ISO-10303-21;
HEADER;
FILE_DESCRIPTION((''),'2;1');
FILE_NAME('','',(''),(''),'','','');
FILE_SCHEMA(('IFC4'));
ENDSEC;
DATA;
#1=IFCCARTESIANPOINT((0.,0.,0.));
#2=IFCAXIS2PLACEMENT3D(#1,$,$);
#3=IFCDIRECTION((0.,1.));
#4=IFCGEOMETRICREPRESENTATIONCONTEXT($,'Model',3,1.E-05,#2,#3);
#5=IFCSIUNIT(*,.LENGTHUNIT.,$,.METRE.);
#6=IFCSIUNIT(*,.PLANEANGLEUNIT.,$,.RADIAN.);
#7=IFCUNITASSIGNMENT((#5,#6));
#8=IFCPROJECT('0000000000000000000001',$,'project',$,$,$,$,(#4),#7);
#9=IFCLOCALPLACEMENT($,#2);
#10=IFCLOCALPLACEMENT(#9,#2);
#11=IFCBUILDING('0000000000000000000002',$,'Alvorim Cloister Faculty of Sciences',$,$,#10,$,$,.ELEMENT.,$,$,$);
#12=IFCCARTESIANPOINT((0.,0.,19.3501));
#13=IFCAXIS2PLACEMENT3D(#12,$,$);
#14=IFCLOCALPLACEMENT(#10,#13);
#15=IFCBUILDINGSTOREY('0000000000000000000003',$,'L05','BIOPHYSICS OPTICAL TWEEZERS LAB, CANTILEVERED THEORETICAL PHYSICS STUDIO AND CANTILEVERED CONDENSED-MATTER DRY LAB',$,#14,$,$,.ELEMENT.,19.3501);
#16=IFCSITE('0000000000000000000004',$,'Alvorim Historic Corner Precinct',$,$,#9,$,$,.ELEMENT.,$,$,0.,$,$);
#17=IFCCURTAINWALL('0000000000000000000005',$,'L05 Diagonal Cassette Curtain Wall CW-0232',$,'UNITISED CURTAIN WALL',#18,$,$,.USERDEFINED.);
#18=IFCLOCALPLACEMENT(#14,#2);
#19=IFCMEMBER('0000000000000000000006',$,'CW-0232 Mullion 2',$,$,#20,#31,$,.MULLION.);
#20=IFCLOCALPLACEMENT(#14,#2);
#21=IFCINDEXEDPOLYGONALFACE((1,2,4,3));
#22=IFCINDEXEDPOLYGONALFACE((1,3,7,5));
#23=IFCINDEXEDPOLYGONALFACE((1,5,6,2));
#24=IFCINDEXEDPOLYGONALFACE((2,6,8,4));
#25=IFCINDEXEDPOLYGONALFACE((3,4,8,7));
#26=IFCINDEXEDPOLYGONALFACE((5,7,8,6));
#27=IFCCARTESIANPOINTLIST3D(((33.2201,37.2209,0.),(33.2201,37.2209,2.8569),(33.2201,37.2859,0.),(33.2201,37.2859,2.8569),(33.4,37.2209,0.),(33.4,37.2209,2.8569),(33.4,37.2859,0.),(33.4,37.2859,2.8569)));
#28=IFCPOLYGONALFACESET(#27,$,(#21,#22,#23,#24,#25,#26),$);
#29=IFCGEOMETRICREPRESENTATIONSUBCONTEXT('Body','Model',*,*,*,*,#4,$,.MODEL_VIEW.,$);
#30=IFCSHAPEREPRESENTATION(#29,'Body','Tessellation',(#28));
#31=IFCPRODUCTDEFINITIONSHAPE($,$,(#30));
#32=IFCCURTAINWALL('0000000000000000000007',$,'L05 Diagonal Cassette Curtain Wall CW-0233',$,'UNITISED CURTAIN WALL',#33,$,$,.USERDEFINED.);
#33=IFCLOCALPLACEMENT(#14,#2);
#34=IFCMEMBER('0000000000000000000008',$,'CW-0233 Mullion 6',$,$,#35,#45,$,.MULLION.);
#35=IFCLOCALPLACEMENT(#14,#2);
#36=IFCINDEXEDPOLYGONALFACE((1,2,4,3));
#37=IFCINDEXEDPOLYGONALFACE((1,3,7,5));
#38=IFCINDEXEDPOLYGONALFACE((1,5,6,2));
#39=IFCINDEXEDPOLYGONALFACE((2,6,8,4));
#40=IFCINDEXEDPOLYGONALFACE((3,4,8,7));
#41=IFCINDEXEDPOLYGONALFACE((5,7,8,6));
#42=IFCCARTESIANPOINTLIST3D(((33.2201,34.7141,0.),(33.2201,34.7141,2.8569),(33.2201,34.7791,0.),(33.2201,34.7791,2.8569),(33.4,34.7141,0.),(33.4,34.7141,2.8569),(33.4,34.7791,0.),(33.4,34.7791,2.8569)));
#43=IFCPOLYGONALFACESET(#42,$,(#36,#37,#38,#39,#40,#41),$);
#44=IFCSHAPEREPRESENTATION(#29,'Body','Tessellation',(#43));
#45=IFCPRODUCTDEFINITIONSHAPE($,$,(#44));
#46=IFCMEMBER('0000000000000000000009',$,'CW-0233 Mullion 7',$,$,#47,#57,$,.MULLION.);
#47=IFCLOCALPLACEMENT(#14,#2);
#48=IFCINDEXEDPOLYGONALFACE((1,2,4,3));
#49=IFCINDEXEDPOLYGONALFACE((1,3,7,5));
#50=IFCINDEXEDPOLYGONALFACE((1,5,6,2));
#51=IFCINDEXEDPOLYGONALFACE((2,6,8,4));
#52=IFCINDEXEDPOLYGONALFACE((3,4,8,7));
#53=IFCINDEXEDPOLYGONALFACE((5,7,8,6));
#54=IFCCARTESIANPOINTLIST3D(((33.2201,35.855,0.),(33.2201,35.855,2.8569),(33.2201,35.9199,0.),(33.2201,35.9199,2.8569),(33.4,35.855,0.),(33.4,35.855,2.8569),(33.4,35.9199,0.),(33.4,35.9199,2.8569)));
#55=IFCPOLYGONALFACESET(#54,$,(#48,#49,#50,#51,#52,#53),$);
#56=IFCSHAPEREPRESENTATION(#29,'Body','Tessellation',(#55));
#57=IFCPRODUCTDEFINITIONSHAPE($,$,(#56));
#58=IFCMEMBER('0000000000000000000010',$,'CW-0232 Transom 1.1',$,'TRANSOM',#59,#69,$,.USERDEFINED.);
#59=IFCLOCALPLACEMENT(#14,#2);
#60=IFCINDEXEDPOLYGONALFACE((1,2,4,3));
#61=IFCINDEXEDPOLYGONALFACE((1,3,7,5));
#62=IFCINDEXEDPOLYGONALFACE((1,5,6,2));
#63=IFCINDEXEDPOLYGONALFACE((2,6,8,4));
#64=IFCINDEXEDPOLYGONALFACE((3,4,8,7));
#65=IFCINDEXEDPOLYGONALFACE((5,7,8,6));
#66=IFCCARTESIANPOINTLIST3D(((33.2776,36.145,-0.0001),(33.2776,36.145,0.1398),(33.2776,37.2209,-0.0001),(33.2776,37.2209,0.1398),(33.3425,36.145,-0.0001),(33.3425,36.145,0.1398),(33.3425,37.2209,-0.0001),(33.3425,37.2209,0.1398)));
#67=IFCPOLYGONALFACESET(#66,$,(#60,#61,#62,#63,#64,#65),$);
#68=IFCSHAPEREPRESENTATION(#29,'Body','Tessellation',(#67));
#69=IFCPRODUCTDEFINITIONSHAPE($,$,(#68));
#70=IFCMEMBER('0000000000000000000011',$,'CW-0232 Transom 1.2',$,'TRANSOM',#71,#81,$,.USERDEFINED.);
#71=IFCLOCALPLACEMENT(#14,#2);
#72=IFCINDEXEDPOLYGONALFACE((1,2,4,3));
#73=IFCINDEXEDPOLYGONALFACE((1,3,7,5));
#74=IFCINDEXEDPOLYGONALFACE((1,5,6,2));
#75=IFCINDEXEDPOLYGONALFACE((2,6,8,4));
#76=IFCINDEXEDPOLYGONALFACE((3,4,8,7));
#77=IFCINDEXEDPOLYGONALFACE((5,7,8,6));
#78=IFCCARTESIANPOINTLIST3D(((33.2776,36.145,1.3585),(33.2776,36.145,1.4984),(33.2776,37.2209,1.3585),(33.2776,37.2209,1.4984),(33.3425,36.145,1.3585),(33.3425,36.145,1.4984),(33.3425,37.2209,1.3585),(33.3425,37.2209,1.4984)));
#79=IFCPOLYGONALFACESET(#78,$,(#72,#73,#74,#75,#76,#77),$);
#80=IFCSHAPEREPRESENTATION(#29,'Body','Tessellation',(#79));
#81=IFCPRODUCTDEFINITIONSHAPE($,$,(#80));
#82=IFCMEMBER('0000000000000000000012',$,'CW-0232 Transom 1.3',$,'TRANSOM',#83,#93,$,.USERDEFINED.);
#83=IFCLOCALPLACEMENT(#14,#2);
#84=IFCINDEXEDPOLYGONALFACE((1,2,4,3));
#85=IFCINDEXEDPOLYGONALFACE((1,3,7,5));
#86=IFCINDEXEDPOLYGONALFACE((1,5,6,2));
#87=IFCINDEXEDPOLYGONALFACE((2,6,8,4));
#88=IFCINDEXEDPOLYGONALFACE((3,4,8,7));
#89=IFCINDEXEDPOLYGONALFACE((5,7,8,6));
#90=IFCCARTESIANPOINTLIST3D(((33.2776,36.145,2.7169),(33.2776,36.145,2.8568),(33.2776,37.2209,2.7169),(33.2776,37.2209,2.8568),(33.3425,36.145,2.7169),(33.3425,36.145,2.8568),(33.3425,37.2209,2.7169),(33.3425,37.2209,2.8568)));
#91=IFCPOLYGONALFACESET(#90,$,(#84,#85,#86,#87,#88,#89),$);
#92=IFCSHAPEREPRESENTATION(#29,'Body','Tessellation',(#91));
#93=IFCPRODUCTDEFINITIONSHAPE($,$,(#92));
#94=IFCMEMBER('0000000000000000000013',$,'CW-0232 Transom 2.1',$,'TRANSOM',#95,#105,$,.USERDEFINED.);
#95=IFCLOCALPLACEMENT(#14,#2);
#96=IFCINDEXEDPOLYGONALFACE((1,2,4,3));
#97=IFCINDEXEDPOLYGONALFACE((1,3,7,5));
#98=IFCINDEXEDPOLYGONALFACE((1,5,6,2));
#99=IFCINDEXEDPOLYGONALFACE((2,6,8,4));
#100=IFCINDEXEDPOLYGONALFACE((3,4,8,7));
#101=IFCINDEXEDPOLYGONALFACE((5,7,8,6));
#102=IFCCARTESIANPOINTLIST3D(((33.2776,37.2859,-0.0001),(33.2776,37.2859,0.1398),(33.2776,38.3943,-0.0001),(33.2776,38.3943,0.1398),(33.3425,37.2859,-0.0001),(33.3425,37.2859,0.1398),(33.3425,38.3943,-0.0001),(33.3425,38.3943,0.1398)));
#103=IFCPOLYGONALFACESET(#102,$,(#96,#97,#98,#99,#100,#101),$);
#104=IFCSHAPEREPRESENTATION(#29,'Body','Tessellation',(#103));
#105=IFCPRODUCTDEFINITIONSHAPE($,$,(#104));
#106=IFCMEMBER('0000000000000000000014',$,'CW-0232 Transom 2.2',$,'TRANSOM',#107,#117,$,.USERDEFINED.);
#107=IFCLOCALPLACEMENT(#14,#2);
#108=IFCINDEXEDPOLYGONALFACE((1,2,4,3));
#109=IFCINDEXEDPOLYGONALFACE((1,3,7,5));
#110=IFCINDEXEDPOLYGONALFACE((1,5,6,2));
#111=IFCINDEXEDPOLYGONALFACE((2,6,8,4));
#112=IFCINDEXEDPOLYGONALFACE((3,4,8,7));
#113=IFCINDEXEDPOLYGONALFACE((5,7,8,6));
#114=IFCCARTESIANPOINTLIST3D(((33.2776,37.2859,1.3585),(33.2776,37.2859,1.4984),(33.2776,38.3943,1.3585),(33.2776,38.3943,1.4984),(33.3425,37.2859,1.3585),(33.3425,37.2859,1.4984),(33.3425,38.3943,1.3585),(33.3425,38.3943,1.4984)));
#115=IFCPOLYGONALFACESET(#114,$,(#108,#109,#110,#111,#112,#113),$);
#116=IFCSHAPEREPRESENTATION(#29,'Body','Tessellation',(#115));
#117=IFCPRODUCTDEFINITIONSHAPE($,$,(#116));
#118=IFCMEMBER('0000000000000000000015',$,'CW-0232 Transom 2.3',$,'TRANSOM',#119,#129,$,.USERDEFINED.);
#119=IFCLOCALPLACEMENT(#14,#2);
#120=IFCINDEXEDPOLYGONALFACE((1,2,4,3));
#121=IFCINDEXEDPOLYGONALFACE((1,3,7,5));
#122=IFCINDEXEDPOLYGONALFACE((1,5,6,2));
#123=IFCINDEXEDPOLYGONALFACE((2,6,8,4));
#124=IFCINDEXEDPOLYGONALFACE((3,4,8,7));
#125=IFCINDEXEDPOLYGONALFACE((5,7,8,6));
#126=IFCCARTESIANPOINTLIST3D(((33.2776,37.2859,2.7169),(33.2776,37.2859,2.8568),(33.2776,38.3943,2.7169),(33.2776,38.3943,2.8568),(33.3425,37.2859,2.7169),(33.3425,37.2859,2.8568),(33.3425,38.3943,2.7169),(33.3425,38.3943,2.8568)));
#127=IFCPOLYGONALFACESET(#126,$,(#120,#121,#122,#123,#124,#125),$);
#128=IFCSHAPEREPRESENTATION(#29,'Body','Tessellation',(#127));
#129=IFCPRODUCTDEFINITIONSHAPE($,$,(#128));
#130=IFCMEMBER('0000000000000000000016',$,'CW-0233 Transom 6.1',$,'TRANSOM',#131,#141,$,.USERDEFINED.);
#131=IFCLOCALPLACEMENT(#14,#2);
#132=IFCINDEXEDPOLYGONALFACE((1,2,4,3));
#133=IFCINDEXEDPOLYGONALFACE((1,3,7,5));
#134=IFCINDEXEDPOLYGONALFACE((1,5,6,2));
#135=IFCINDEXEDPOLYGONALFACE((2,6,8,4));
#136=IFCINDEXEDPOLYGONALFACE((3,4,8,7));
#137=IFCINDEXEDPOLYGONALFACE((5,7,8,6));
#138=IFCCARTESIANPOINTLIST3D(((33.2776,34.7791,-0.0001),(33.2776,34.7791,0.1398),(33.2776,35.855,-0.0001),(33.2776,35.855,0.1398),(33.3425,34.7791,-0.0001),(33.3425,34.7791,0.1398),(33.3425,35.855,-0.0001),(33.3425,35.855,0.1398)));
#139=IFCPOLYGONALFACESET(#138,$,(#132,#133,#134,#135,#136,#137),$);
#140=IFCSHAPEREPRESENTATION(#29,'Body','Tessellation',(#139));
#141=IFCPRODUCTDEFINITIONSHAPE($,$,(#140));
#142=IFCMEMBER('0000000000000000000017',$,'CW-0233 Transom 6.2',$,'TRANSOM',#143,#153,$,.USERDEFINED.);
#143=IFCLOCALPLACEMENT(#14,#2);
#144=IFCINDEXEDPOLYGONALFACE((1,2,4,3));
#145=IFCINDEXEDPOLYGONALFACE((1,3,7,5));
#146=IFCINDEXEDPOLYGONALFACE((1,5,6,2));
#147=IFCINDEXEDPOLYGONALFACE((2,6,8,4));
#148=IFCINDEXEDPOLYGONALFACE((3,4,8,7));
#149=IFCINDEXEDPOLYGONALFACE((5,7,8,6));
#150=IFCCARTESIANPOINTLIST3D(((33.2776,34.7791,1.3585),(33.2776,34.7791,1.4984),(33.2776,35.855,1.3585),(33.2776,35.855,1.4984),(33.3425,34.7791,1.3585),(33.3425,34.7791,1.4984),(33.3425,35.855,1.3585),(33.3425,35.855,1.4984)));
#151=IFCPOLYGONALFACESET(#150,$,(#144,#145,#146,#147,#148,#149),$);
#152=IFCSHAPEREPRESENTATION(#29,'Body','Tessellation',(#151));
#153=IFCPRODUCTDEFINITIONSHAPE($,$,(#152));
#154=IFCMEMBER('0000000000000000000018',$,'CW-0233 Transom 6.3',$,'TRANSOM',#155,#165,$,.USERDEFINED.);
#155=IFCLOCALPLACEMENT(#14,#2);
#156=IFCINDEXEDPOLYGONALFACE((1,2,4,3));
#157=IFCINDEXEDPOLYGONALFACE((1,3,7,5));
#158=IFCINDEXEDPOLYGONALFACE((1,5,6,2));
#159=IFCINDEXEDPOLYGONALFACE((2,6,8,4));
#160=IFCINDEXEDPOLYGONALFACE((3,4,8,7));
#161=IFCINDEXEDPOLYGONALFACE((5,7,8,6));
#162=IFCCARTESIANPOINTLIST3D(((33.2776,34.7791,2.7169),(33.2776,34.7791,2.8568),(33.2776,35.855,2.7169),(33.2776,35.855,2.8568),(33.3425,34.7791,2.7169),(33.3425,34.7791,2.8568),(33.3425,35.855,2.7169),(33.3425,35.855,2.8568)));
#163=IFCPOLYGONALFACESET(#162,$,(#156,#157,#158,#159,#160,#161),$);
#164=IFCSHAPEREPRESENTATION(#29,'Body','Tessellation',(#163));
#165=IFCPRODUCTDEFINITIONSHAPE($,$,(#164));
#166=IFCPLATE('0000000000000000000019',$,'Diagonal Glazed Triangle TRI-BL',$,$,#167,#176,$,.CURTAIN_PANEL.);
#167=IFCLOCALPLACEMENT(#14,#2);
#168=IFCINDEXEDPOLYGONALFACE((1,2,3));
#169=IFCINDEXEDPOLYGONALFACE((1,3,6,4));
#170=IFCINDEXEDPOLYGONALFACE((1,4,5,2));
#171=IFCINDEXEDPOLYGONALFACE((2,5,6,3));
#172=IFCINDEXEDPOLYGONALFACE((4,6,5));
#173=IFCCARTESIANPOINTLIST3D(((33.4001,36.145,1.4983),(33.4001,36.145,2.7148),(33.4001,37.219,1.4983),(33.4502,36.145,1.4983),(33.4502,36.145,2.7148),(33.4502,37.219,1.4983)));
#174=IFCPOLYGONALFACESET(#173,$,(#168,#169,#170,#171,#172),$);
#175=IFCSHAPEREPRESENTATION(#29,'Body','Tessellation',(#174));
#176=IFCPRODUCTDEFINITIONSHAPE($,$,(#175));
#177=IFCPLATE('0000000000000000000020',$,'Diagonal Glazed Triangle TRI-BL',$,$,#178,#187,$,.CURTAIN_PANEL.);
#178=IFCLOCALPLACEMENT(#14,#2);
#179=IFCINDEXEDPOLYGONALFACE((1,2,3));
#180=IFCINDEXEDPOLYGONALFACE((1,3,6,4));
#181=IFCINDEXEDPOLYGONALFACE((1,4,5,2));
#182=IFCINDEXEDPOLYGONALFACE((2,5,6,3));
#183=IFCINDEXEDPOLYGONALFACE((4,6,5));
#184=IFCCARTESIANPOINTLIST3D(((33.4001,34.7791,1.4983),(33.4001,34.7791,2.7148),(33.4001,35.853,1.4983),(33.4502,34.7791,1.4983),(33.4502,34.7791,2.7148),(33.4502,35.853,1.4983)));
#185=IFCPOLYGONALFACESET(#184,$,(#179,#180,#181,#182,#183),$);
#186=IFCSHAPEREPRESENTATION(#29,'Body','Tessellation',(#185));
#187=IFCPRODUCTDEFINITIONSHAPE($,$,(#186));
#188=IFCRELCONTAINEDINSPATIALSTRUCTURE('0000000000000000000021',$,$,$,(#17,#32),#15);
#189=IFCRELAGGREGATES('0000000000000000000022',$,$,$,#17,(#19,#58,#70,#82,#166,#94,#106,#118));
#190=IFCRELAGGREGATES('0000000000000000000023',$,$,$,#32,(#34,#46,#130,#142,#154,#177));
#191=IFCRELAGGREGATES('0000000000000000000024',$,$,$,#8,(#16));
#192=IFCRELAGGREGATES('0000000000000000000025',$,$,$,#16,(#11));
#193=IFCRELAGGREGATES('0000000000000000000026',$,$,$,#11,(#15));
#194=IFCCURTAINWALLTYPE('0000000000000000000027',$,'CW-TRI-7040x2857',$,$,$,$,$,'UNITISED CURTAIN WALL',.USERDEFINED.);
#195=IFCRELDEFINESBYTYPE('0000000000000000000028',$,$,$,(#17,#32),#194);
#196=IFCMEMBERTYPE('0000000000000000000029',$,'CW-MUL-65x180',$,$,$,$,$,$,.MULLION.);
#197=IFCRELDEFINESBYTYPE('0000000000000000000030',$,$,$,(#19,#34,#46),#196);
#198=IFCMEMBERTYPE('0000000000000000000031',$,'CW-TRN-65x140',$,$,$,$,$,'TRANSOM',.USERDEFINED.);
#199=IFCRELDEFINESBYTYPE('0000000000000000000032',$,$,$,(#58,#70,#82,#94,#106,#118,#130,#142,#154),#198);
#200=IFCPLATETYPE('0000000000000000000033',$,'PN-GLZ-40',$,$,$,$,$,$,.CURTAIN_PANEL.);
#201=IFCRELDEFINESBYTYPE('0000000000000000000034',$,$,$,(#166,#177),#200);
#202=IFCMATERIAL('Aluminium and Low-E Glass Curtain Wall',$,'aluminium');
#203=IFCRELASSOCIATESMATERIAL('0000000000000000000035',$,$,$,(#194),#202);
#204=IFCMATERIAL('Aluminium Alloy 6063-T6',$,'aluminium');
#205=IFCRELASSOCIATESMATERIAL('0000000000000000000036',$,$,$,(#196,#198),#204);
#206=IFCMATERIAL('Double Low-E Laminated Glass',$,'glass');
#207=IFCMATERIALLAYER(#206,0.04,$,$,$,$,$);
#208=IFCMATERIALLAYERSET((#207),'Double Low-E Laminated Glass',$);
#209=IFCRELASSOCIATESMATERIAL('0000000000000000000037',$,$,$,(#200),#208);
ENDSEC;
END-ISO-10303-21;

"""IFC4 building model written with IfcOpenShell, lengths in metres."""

from ifc_helpers import new_model, si_unit, direction, frame, origin, origin_2d, place, context, subcontext, project, spatial, polyline, rectangle, outline, extrude, material, layer, layer_set, material_profile, profile_set, type_object, element, aggregate, save


model = new_model("IFC4")

# Units and contexts
model_context = context("Model", 3, precision=1e-05, world=origin(), true_north=direction((0.0, 1.0)))
body_context = subcontext(model_context, "Body", "Model", "MODEL_VIEW")
ifc_project = project(units=[si_unit("LENGTHUNIT", "METRE"), si_unit("PLANEANGLEUNIT", "RADIAN")], contexts=[model_context])

# Site, building, storey
site_placement = place(None, origin())
site = spatial("IfcSite", under=ifc_project, at=site_placement, Name="Alvorim Historic Corner Precinct", CompositionType="ELEMENT", RefElevation=0.0)
building_placement = place(site_placement, origin())
building = spatial("IfcBuilding", under=site, at=building_placement, Name="Alvorim Cloister Faculty of Sciences", CompositionType="ELEMENT")
storey_placement = place(building_placement, frame((0.0, 0.0, 19.3501)))
storey = spatial("IfcBuildingStorey", under=building, at=storey_placement, Name="L05", Description="BIOPHYSICS OPTICAL TWEEZERS LAB, CANTILEVERED THEORETICAL PHYSICS STUDIO AND CANTILEVERED CONDENSED-MATTER DRY LAB", CompositionType="ELEMENT", Elevation=19.3501)

# Curtain walls, members
ifc_material_1 = material(Name="Aluminium and Low-E Glass Curtain Wall", Category="aluminium")
curtain_wall_type = type_object("IfcCurtainWallType", Name="CW-TRI-7040x2857", ElementType="UNITISED CURTAIN WALL", PredefinedType="USERDEFINED", material=ifc_material_1)
curtain_wall_1_placement = place(storey_placement, origin())
curtain_wall_1 = element("IfcCurtainWall", 1, at=curtain_wall_1_placement, inside=storey, type_object=curtain_wall_type, Name="L05 Diagonal Cassette Curtain Wall CW-0232", ObjectType="UNITISED CURTAIN WALL", PredefinedType="USERDEFINED")
ifc_material_2 = material(Name="Aluminium Alloy 6063-T6", Category="aluminium")
ifc_material_profile_1 = material_profile(ifc_material_2, rectangle(XDim=0.0649, YDim=0.1799, at=origin_2d()), Name="ALU-MUL-65x180")
ifc_profile_set_1 = profile_set([ifc_material_profile_1], Name="Aluminium Alloy 6063-T6")
member_type_1 = type_object("IfcMemberType", Name="CW-MUL-65x180", PredefinedType="MULLION", material=ifc_profile_set_1)
member_1_placement = place(storey_placement, frame((33.3101, 37.2534, 0.0), z_axis=(0.0, 0.0, 1.0), x_axis=(0.0, 1.0, 0.0)))
member_1 = element("IfcMember", 2, at=member_1_placement, type_object=member_type_1, Name="CW-0232 Mullion 2", PredefinedType="MULLION", context=body_context, shape_type="SweptSolid", body=[
    extrude(rectangle(XDim=0.0649, YDim=0.1799, at=origin_2d()), origin(), (0.0, 0.0, 1.0), 2.8569),
])
curtain_wall_2_placement = place(storey_placement, origin())
curtain_wall_2 = element("IfcCurtainWall", 3, at=curtain_wall_2_placement, inside=storey, type_object=curtain_wall_type, Name="L05 Diagonal Cassette Curtain Wall CW-0233", ObjectType="UNITISED CURTAIN WALL", PredefinedType="USERDEFINED")
member_2_placement = place(storey_placement, frame((33.3101, 34.7466, 0.0), z_axis=(0.0, 0.0, 1.0), x_axis=(0.0, 1.0, 0.0)))
member_2 = element("IfcMember", 4, at=member_2_placement, type_object=member_type_1, Name="CW-0233 Mullion 6", PredefinedType="MULLION", context=body_context, shape_type="SweptSolid", body=[
    extrude(rectangle(XDim=0.0649, YDim=0.1799, at=origin_2d()), origin(), (0.0, 0.0, 1.0), 2.8569),
])
member_3_placement = place(storey_placement, frame((33.3101, 35.8875, 0.0), z_axis=(0.0, 0.0, 1.0), x_axis=(0.0, 1.0, 0.0)))
member_3 = element("IfcMember", 5, at=member_3_placement, type_object=member_type_1, Name="CW-0233 Mullion 7", PredefinedType="MULLION", context=body_context, shape_type="SweptSolid", body=[
    extrude(rectangle(XDim=0.0649, YDim=0.1799, at=origin_2d()), origin(), (0.0, 0.0, 1.0), 2.8569),
])

# Members
ifc_material_profile_2 = material_profile(ifc_material_2, rectangle(XDim=0.0649, YDim=0.1399, at=origin_2d()), Name="ALU-TRN-65x140")
ifc_profile_set_2 = profile_set([ifc_material_profile_2], Name="Aluminium Alloy 6063-T6")
member_type_2 = type_object("IfcMemberType", Name="CW-TRN-65x140", ElementType="TRANSOM", PredefinedType="USERDEFINED", material=ifc_profile_set_2)
member_4_placement = place(storey_placement, frame((33.3101, 36.145, 0.0698), z_axis=(0.0, 1.0, 0.0), x_axis=(-1.0, 0.0, 0.0)))
member_4 = element("IfcMember", 6, at=member_4_placement, type_object=member_type_2, Name="CW-0232 Transom 1.1", ObjectType="TRANSOM", PredefinedType="USERDEFINED", context=body_context, shape_type="SweptSolid", body=[
    extrude(rectangle(XDim=0.0649, YDim=0.1399, at=origin_2d()), origin(), (0.0, 0.0, 1.0), 1.0759),
])
member_5_placement = place(storey_placement, frame((33.3101, 36.145, 1.4285), z_axis=(0.0, 1.0, 0.0), x_axis=(-1.0, 0.0, 0.0)))
member_5 = element("IfcMember", 7, at=member_5_placement, type_object=member_type_2, Name="CW-0232 Transom 1.2", ObjectType="TRANSOM", PredefinedType="USERDEFINED", context=body_context, shape_type="SweptSolid", body=[
    extrude(rectangle(XDim=0.0649, YDim=0.1399, at=origin_2d()), origin(), (0.0, 0.0, 1.0), 1.0759),
])
member_6_placement = place(storey_placement, frame((33.3101, 36.145, 2.7869), z_axis=(0.0, 1.0, 0.0), x_axis=(-1.0, 0.0, 0.0)))
member_6 = element("IfcMember", 8, at=member_6_placement, type_object=member_type_2, Name="CW-0232 Transom 1.3", ObjectType="TRANSOM", PredefinedType="USERDEFINED", context=body_context, shape_type="SweptSolid", body=[
    extrude(rectangle(XDim=0.0649, YDim=0.1399, at=origin_2d()), origin(), (0.0, 0.0, 1.0), 1.0759),
])
member_7_placement = place(storey_placement, frame((33.3101, 37.2859, 0.0698), z_axis=(0.0, 1.0, 0.0), x_axis=(-1.0, 0.0, 0.0)))
member_7 = element("IfcMember", 9, at=member_7_placement, type_object=member_type_2, Name="CW-0232 Transom 2.1", ObjectType="TRANSOM", PredefinedType="USERDEFINED", context=body_context, shape_type="SweptSolid", body=[
    extrude(rectangle(XDim=0.0649, YDim=0.1399, at=origin_2d()), origin(), (0.0, 0.0, 1.0), 1.1084),
])
member_8_placement = place(storey_placement, frame((33.3101, 37.2859, 1.4285), z_axis=(0.0, 1.0, 0.0), x_axis=(-1.0, 0.0, 0.0)))
member_8 = element("IfcMember", 10, at=member_8_placement, type_object=member_type_2, Name="CW-0232 Transom 2.2", ObjectType="TRANSOM", PredefinedType="USERDEFINED", context=body_context, shape_type="SweptSolid", body=[
    extrude(rectangle(XDim=0.0649, YDim=0.1399, at=origin_2d()), origin(), (0.0, 0.0, 1.0), 1.1084),
])
member_9_placement = place(storey_placement, frame((33.3101, 37.2859, 2.7869), z_axis=(0.0, 1.0, 0.0), x_axis=(-1.0, 0.0, 0.0)))
member_9 = element("IfcMember", 11, at=member_9_placement, type_object=member_type_2, Name="CW-0232 Transom 2.3", ObjectType="TRANSOM", PredefinedType="USERDEFINED", context=body_context, shape_type="SweptSolid", body=[
    extrude(rectangle(XDim=0.0649, YDim=0.1399, at=origin_2d()), origin(), (0.0, 0.0, 1.0), 1.1084),
])
member_10_placement = place(storey_placement, frame((33.3101, 34.7791, 0.0698), z_axis=(0.0, 1.0, 0.0), x_axis=(-1.0, 0.0, 0.0)))
member_10 = element("IfcMember", 12, at=member_10_placement, type_object=member_type_2, Name="CW-0233 Transom 6.1", ObjectType="TRANSOM", PredefinedType="USERDEFINED", context=body_context, shape_type="SweptSolid", body=[
    extrude(rectangle(XDim=0.0649, YDim=0.1399, at=origin_2d()), origin(), (0.0, 0.0, 1.0), 1.0759),
])
member_11_placement = place(storey_placement, frame((33.3101, 34.7791, 1.4285), z_axis=(0.0, 1.0, 0.0), x_axis=(-1.0, 0.0, 0.0)))
member_11 = element("IfcMember", 13, at=member_11_placement, type_object=member_type_2, Name="CW-0233 Transom 6.2", ObjectType="TRANSOM", PredefinedType="USERDEFINED", context=body_context, shape_type="SweptSolid", body=[
    extrude(rectangle(XDim=0.0649, YDim=0.1399, at=origin_2d()), origin(), (0.0, 0.0, 1.0), 1.0759),
])
member_12_placement = place(storey_placement, frame((33.3101, 34.7791, 2.7869), z_axis=(0.0, 1.0, 0.0), x_axis=(-1.0, 0.0, 0.0)))
member_12 = element("IfcMember", 14, at=member_12_placement, type_object=member_type_2, Name="CW-0233 Transom 6.3", ObjectType="TRANSOM", PredefinedType="USERDEFINED", context=body_context, shape_type="SweptSolid", body=[
    extrude(rectangle(XDim=0.0649, YDim=0.1399, at=origin_2d()), origin(), (0.0, 0.0, 1.0), 1.0759),
])

# Plates
ifc_material_3 = material(Name="Double Low-E Laminated Glass", Category="glass")
ifc_layer_1 = layer(ifc_material_3, 0.04)
ifc_layer_set_1 = layer_set([ifc_layer_1], Name="Double Low-E Laminated Glass")
plate_type = type_object("IfcPlateType", Name="PN-GLZ-40", PredefinedType="CURTAIN_PANEL", material=ifc_layer_set_1)
plate_1_placement = place(storey_placement, frame((33.425, 36.145, 1.4983), z_axis=(0.0, 0.0, 1.0), x_axis=(0.0, 1.0, 0.0)))
plate_1 = element("IfcPlate", 15, at=plate_1_placement, type_object=plate_type, Name="Diagonal Glazed Triangle TRI-BL", PredefinedType="CURTAIN_PANEL", context=body_context, shape_type="SweptSolid", body=[
    extrude(outline(polyline([(0.0, 0.0), (1.074, 0.0), (0.0, 1.2166), (0.0, 0.0)])), frame((0.0, 0.0249, 0.0), z_axis=(0.0, -1.0, 0.0), x_axis=(1.0, 0.0, 0.0)), (0.0, 0.0, 1.0), 0.05),
])
aggregate(curtain_wall_1, [member_1, member_4, member_5, member_6, plate_1, member_7, member_8, member_9])
plate_2_placement = place(storey_placement, frame((33.425, 34.7791, 1.4983), z_axis=(0.0, 0.0, 1.0), x_axis=(0.0, 1.0, 0.0)))
plate_2 = element("IfcPlate", 16, at=plate_2_placement, type_object=plate_type, Name="Diagonal Glazed Triangle TRI-BL", PredefinedType="CURTAIN_PANEL", context=body_context, shape_type="SweptSolid", body=[
    extrude(outline(polyline([(0.0, 0.0), (1.074, 0.0), (0.0, 1.2166), (0.0, 0.0)])), frame((0.0, 0.0249, 0.0), z_axis=(0.0, -1.0, 0.0), x_axis=(1.0, 0.0, 0.0)), (0.0, 0.0, 1.0), 0.05),
])
aggregate(curtain_wall_2, [member_2, member_3, member_10, member_11, member_12, plate_2])

save(model, "model.ifc")
